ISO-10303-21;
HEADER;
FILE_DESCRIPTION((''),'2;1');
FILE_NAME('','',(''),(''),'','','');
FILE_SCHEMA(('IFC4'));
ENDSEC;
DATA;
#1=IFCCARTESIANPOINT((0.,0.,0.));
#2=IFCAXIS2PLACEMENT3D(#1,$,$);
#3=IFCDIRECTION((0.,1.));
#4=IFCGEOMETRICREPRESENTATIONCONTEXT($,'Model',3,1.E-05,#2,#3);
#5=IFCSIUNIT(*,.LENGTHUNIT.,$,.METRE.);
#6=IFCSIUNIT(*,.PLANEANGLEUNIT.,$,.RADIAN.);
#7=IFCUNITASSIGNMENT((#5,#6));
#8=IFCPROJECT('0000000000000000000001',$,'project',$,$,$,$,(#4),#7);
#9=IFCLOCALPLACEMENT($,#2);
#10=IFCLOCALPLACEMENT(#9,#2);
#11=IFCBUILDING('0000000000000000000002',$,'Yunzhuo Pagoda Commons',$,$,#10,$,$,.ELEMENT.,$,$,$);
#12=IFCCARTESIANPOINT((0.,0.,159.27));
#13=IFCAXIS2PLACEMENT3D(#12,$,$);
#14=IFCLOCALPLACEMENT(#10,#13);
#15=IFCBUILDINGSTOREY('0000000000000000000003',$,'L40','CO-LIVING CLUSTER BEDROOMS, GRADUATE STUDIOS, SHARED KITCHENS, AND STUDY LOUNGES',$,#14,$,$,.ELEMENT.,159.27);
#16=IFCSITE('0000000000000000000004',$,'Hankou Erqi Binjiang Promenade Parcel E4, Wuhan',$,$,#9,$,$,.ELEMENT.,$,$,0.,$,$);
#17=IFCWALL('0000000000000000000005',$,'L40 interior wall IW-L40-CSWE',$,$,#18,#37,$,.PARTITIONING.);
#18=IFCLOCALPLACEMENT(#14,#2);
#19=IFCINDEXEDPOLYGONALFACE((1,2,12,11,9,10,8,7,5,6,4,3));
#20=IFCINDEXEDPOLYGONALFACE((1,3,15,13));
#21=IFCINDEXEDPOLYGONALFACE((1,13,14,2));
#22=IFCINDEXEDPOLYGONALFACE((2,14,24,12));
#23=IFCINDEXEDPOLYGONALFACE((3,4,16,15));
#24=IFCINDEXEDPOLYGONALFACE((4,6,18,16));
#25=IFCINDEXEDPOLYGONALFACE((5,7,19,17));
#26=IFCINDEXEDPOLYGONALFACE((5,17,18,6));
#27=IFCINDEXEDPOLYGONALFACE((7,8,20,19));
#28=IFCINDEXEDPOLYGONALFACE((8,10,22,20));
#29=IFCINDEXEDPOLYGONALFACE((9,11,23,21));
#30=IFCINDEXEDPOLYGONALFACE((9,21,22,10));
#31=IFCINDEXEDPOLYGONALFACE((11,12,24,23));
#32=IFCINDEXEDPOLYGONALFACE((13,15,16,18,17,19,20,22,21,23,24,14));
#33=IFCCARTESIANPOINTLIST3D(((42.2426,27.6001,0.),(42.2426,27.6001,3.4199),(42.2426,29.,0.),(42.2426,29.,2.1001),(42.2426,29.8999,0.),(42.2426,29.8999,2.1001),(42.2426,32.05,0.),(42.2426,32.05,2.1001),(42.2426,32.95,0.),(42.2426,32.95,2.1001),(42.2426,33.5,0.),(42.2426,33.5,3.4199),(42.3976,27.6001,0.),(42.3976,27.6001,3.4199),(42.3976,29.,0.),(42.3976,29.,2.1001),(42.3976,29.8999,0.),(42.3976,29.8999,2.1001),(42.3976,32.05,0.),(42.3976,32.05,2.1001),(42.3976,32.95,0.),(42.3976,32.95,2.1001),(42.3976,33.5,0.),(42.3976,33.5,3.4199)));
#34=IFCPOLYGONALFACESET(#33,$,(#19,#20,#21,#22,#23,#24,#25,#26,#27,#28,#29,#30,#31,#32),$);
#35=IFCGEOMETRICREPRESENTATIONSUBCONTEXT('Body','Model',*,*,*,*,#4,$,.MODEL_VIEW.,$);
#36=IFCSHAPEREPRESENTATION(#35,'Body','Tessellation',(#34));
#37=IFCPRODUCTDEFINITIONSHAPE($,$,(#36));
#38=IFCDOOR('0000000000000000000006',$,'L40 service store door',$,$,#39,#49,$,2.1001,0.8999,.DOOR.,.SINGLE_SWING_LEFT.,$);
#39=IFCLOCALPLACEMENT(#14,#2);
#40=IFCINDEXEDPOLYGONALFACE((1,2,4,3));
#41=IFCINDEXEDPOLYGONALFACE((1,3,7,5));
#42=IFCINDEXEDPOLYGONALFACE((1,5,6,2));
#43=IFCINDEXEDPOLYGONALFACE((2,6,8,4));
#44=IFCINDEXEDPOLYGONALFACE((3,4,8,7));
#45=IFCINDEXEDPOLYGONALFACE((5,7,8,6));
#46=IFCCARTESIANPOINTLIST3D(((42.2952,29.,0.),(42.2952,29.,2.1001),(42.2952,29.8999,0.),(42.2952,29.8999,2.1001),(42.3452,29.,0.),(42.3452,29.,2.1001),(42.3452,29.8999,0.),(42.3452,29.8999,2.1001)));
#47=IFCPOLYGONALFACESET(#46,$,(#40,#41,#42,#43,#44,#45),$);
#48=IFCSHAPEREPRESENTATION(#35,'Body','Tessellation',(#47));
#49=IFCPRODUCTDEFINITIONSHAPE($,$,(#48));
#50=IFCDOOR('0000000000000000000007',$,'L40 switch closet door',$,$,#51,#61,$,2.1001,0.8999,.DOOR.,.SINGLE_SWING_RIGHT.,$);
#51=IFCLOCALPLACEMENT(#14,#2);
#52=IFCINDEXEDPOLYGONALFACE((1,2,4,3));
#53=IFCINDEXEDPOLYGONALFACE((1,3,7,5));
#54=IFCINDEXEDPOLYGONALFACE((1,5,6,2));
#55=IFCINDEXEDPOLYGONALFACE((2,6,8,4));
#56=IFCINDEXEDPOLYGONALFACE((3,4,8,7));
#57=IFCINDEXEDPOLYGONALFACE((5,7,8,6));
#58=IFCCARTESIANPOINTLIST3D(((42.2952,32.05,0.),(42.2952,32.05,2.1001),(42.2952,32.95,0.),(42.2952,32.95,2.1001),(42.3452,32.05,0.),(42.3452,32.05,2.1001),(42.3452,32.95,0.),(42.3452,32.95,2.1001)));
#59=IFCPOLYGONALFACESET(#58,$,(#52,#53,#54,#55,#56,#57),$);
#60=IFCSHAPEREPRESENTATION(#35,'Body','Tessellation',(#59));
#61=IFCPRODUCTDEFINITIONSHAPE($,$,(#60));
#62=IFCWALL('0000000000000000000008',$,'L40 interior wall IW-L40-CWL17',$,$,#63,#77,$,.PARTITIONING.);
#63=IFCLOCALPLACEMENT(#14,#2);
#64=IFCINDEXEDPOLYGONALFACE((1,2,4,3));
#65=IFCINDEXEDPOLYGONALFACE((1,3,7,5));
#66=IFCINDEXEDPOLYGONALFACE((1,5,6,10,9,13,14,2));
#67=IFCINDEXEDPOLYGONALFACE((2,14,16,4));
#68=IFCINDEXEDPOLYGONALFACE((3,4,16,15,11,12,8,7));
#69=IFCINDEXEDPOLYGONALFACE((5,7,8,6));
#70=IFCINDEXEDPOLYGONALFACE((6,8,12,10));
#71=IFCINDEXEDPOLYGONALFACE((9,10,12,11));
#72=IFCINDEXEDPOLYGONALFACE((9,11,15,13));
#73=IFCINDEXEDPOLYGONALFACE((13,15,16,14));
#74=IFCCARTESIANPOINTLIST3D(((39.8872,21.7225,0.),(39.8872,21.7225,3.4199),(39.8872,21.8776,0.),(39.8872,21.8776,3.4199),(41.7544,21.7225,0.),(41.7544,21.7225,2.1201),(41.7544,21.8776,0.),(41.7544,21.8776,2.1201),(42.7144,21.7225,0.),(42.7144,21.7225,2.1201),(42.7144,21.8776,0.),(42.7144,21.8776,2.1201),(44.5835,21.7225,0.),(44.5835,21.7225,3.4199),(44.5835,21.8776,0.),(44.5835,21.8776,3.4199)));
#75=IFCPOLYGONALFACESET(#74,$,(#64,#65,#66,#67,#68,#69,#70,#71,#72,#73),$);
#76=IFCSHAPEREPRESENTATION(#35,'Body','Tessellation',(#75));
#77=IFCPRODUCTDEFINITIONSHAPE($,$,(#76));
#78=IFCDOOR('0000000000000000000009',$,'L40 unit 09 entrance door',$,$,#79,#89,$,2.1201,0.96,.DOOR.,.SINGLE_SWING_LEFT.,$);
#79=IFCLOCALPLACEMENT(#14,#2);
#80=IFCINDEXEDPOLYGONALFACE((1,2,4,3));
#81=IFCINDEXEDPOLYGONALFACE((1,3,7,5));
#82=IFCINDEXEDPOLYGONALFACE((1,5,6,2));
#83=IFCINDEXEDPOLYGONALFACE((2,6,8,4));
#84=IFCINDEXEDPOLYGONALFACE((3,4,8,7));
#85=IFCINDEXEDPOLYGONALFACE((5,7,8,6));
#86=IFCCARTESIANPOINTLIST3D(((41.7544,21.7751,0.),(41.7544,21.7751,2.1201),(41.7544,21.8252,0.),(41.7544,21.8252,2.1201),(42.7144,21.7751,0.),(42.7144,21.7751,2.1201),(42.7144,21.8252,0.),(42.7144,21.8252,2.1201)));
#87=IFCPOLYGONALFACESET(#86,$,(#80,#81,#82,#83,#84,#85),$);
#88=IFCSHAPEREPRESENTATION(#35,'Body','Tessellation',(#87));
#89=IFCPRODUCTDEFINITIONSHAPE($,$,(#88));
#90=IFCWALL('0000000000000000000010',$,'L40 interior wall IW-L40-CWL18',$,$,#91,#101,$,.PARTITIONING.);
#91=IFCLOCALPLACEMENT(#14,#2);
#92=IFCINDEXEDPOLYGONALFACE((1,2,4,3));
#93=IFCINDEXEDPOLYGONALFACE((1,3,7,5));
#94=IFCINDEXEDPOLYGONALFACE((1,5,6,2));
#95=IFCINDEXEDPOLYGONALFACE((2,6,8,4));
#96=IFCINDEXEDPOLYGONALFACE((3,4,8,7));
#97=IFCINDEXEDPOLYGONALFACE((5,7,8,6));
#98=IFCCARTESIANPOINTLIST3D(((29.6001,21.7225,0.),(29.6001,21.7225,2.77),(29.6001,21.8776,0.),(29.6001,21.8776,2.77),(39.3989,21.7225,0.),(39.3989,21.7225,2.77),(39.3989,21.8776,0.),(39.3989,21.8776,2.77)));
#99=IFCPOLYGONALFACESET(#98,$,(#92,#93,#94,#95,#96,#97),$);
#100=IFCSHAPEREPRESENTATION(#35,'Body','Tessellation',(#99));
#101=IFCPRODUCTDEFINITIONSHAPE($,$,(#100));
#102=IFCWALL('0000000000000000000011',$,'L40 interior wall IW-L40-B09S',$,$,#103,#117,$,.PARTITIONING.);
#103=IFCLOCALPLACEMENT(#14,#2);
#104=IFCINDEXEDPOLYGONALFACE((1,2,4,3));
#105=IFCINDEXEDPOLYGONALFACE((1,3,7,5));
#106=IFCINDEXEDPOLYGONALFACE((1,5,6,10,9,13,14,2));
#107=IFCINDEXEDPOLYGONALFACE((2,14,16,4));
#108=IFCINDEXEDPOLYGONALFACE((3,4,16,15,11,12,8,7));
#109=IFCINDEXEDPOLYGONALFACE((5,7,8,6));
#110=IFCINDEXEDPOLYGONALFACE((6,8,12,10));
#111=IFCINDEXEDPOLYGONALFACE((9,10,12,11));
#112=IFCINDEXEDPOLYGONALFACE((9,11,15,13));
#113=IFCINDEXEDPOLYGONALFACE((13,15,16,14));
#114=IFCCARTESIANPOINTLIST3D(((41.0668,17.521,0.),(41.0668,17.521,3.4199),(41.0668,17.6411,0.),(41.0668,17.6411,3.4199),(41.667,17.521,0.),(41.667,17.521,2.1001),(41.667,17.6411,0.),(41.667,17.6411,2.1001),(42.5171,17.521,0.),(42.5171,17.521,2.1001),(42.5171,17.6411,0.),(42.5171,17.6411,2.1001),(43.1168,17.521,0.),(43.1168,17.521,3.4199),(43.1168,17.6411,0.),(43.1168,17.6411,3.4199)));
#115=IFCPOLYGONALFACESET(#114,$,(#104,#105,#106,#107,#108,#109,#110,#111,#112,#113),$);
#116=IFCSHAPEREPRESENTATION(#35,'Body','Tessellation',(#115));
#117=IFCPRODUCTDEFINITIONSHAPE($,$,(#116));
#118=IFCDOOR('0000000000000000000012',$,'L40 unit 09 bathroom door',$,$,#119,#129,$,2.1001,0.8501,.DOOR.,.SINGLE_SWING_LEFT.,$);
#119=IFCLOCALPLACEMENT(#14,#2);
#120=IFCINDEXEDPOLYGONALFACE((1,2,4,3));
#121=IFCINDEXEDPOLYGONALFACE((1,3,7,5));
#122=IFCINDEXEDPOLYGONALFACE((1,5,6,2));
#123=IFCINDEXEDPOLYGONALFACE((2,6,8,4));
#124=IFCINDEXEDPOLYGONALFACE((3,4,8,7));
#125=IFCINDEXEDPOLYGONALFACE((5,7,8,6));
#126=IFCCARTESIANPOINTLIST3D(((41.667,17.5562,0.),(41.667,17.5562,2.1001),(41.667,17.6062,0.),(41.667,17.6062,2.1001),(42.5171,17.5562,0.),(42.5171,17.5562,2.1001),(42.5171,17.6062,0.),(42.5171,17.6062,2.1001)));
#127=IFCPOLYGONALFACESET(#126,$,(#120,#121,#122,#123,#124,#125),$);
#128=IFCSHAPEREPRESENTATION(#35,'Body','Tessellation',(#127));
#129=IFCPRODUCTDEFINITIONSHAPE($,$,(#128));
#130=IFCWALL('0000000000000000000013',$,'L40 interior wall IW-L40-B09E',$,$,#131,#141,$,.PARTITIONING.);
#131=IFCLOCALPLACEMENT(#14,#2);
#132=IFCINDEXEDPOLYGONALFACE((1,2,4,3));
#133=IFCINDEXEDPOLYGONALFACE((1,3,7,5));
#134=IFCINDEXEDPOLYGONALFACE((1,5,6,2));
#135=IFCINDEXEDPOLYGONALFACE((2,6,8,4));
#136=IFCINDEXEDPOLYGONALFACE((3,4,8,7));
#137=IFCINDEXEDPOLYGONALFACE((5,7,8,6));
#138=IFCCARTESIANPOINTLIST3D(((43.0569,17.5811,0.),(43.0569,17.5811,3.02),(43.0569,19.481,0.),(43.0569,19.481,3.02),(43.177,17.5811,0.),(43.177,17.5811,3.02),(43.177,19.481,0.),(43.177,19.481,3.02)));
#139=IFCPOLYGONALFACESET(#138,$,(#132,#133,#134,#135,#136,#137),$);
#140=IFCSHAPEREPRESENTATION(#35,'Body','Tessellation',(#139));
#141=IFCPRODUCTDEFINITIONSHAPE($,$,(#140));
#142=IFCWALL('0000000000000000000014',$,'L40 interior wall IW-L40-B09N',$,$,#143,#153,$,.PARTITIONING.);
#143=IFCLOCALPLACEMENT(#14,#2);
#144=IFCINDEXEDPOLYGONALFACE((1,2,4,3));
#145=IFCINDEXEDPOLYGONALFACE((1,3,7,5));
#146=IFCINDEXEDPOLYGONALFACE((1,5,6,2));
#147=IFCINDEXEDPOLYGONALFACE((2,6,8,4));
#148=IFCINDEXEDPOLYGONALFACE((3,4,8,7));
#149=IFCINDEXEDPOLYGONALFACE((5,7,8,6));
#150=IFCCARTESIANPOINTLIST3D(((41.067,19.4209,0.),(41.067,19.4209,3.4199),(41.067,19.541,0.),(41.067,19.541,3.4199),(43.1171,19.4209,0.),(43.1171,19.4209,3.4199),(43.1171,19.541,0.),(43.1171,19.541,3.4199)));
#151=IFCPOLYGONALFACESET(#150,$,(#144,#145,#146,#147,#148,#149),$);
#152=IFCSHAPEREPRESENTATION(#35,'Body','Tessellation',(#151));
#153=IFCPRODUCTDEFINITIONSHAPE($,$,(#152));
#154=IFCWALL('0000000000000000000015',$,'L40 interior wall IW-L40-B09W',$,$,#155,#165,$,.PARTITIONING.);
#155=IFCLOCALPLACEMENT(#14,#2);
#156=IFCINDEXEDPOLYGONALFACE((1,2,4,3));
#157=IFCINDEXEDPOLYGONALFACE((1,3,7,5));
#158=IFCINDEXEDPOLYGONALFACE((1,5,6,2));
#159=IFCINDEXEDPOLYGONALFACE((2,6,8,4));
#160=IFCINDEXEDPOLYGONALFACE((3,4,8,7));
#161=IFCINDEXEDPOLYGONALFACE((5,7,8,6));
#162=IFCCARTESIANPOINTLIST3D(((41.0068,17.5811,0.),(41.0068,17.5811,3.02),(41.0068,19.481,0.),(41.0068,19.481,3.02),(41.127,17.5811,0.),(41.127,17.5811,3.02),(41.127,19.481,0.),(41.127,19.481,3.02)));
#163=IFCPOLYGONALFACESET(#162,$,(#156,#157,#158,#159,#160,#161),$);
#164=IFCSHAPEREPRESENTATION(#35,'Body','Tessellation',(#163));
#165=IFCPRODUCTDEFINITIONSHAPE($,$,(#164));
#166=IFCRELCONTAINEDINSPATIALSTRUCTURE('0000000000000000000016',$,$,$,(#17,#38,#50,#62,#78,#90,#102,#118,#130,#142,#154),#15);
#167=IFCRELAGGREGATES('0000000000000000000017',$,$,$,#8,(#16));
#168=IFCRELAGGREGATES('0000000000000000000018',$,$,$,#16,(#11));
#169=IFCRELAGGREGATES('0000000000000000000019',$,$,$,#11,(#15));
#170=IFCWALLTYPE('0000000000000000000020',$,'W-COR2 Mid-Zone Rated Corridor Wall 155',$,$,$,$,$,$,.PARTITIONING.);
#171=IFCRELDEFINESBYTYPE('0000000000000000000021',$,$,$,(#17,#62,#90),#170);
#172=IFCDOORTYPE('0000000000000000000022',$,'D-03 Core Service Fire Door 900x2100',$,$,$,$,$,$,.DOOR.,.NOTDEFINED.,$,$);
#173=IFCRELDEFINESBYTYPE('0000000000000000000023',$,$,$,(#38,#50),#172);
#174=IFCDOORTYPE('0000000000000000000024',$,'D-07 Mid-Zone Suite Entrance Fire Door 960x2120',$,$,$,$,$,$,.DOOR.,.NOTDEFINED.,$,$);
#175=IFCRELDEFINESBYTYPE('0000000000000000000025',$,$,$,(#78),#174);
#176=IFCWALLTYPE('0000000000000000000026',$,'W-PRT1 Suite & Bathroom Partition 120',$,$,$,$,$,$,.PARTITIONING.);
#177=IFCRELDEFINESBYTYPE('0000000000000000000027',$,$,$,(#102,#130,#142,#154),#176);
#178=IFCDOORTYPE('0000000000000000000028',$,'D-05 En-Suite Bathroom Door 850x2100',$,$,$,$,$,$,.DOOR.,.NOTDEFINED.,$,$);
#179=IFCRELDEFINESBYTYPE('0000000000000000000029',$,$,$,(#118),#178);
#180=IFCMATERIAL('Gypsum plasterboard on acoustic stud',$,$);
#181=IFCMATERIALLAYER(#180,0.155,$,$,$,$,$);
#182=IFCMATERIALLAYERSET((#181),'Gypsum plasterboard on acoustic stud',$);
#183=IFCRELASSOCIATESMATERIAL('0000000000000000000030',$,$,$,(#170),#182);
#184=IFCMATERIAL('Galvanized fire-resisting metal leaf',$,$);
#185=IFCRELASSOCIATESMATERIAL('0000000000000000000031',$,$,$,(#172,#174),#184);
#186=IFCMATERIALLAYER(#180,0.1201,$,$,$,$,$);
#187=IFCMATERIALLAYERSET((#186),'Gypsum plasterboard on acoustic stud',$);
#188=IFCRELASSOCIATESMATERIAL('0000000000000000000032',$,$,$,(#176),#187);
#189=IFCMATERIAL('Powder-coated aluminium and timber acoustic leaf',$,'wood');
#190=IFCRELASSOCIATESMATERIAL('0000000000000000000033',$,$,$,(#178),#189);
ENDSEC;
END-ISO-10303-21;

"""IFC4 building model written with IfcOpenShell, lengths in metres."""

from ifc_helpers import new_model, si_unit, direction, frame, frame_2d, origin, origin_with_axes, place, context, subcontext, project, spatial, rectangle, extrude, source, transform, mapped, material, layer, layer_set, type_object, element, fill, save


model = new_model("IFC4")

# Units and contexts
model_context = context("Model", 3, precision=1e-05, world=origin(), true_north=direction((0.0, 1.0)))
body_context = subcontext(model_context, "Body", "Model", "MODEL_VIEW")
ifc_project = project(units=[si_unit("LENGTHUNIT", "METRE"), si_unit("PLANEANGLEUNIT", "RADIAN")], contexts=[model_context])

# Site, building, storey
site_placement = place(None, origin())
site = spatial("IfcSite", under=ifc_project, at=site_placement, Name="Hankou Erqi Binjiang Promenade Parcel E4, Wuhan", CompositionType="ELEMENT", RefElevation=0.0)
building_placement = place(site_placement, origin())
building = spatial("IfcBuilding", under=site, at=building_placement, Name="Yunzhuo Pagoda Commons", CompositionType="ELEMENT")
storey_placement = place(building_placement, frame((0.0, 0.0, 159.27)))
storey = spatial("IfcBuildingStorey", under=building, at=storey_placement, Name="L40", Description="CO-LIVING CLUSTER BEDROOMS, GRADUATE STUDIOS, SHARED KITCHENS, AND STUDY LOUNGES", CompositionType="ELEMENT", Elevation=159.27)

# Wall, openings, doors
ifc_material_1 = material(Name="Gypsum plasterboard on acoustic stud")
ifc_layer_1 = layer(ifc_material_1, 0.155)
ifc_layer_set_1 = layer_set([ifc_layer_1], Name="Gypsum plasterboard on acoustic stud")
wall_type_1 = type_object("IfcWallType", Name="W-COR2 Mid-Zone Rated Corridor Wall 155", PredefinedType="PARTITIONING", material=ifc_layer_set_1)
wall_1_placement = place(storey_placement, frame((42.3201, 27.6001, 0.0), z_axis=(0.0, 0.0, 1.0), x_axis=(0.0, 1.0, 0.0)))
wall_1 = element("IfcWall", 1, at=wall_1_placement, inside=storey, type_object=wall_type_1, Name="L40 interior wall IW-L40-CSWE", PredefinedType="PARTITIONING", context=body_context, shape_type="SweptSolid", body=[
    extrude(rectangle(XDim=5.8999, YDim=0.155, at=frame_2d((2.95, 0.0))), origin(), (0.0, 0.0, 1.0), 3.4199),
])
opening_1_placement = place(wall_1_placement, frame((1.3999, 0.0, 0.0)))
opening_1 = element("IfcOpeningElement", 2, at=opening_1_placement, cuts=wall_1, PredefinedType="OPENING", context=body_context, shape_type="SweptSolid", body=[
    extrude(rectangle(XDim=0.8999, YDim=2.1001, at=frame_2d((0.45, 1.05))), frame((0.0, 0.0874, 0.0), z_axis=(0.0, -1.0, 0.0), x_axis=(1.0, 0.0, 0.0)), (0.0, 0.0, 1.0), 0.175),
])
opening_2_placement = place(wall_1_placement, frame((4.45, 0.0, 0.0)))
opening_2 = element("IfcOpeningElement", 3, at=opening_2_placement, cuts=wall_1, PredefinedType="OPENING", context=body_context, shape_type="SweptSolid", body=[
    extrude(rectangle(XDim=0.8999, YDim=2.1001, at=frame_2d((0.45, 1.05))), frame((0.0, 0.0874, 0.0), z_axis=(0.0, -1.0, 0.0), x_axis=(1.0, 0.0, 0.0)), (0.0, 0.0, 1.0), 0.175),
])
ifc_material_2 = material(Name="Galvanized fire-resisting metal leaf")
door_type_1 = type_object("IfcDoorType", Name="D-03 Core Service Fire Door 900x2100", OperationType="NOTDEFINED", PredefinedType="DOOR", material=ifc_material_2)
shared_shape_1 = source(origin(), body_context, "Body", "SweptSolid", [
    extrude(rectangle(XDim=0.8999, YDim=2.1001, at=frame_2d((0.45, 1.05))), frame((0.0, 0.0249, 0.0), z_axis=(0.0, -1.0, 0.0), x_axis=(1.0, 0.0, 0.0)), (0.0, 0.0, 1.0), 0.05),
])
door_1_placement = place(opening_1_placement, origin_with_axes())
door_1 = element("IfcDoor", 4, at=door_1_placement, inside=storey, type_object=door_type_1, Name="L40 service store door", OperationType="SINGLE_SWING_LEFT", OverallHeight=2.1001, OverallWidth=0.8999, PredefinedType="DOOR", context=body_context, shape_type="MappedRepresentation", body=[
    mapped(shared_shape_1, transform((0.0, 0.0, 0.0), scale=1.0)),
])
fill(opening_1, door_1)
door_2_placement = place(opening_2_placement, origin_with_axes())
door_2 = element("IfcDoor", 5, at=door_2_placement, inside=storey, type_object=door_type_1, Name="L40 switch closet door", OperationType="SINGLE_SWING_RIGHT", OverallHeight=2.1001, OverallWidth=0.8999, PredefinedType="DOOR", context=body_context, shape_type="MappedRepresentation", body=[
    mapped(shared_shape_1, transform((0.0, 0.0, 0.0), scale=1.0)),
])
fill(opening_2, door_2)

# Wall, opening, door
wall_2_placement = place(storey_placement, frame((44.5835, 21.8, 0.0), z_axis=(0.0, 0.0, 1.0), x_axis=(-1.0, 0.0, 0.0)))
wall_2 = element("IfcWall", 6, at=wall_2_placement, inside=storey, type_object=wall_type_1, Name="L40 interior wall IW-L40-CWL17", PredefinedType="PARTITIONING", context=body_context, shape_type="SweptSolid", body=[
    extrude(rectangle(XDim=4.6963, YDim=0.155, at=frame_2d((2.3481, 0.0))), origin(), (0.0, 0.0, 1.0), 3.4199),
])
opening_3_placement = place(wall_2_placement, frame((1.8691, 0.0, 0.0)))
opening_3 = element("IfcOpeningElement", 7, at=opening_3_placement, cuts=wall_2, PredefinedType="OPENING", context=body_context, shape_type="SweptSolid", body=[
    extrude(rectangle(XDim=0.96, YDim=2.1201, at=frame_2d((0.48, 1.0601))), frame((0.0, 0.0874, 0.0), z_axis=(0.0, -1.0, 0.0), x_axis=(1.0, 0.0, 0.0)), (0.0, 0.0, 1.0), 0.175),
])
door_type_2 = type_object("IfcDoorType", Name="D-07 Mid-Zone Suite Entrance Fire Door 960x2120", OperationType="NOTDEFINED", PredefinedType="DOOR", material=ifc_material_2)
shared_shape_2 = source(origin(), body_context, "Body", "SweptSolid", [
    extrude(rectangle(XDim=0.96, YDim=2.1201, at=frame_2d((0.48, 1.0601))), frame((0.0, 0.0249, 0.0), z_axis=(0.0, -1.0, 0.0), x_axis=(1.0, 0.0, 0.0)), (0.0, 0.0, 1.0), 0.05),
])
door_3_placement = place(opening_3_placement, origin_with_axes())
door_3 = element("IfcDoor", 8, at=door_3_placement, inside=storey, type_object=door_type_2, Name="L40 unit 09 entrance door", OperationType="SINGLE_SWING_LEFT", OverallHeight=2.1201, OverallWidth=0.96, PredefinedType="DOOR", context=body_context, shape_type="MappedRepresentation", body=[
    mapped(shared_shape_2, transform((0.0, 0.0, 0.0), scale=1.0)),
])
fill(opening_3, door_3)

# Wall
wall_3_placement = place(storey_placement, frame((39.3989, 21.8, 0.0), z_axis=(0.0, 0.0, 1.0), x_axis=(-1.0, 0.0, 0.0)))
element("IfcWall", 9, at=wall_3_placement, inside=storey, type_object=wall_type_1, Name="L40 interior wall IW-L40-CWL18", PredefinedType="PARTITIONING", context=body_context, shape_type="SweptSolid", body=[
    extrude(rectangle(XDim=9.7988, YDim=0.155, at=frame_2d((4.8994, 0.0))), origin(), (0.0, 0.0, 1.0), 2.77),
])

# Wall, opening, door
ifc_layer_2 = layer(ifc_material_1, 0.1201)
ifc_layer_set_2 = layer_set([ifc_layer_2], Name="Gypsum plasterboard on acoustic stud")
wall_type_2 = type_object("IfcWallType", Name="W-PRT1 Suite & Bathroom Partition 120", PredefinedType="PARTITIONING", material=ifc_layer_set_2)
wall_4_placement = place(storey_placement, frame((41.0669, 17.5811, 0.0), z_axis=(0.0, 0.0, 1.0), x_axis=(1.0, 0.0, 0.0)))
wall_4 = element("IfcWall", 10, at=wall_4_placement, inside=storey, type_object=wall_type_2, Name="L40 interior wall IW-L40-B09S", PredefinedType="PARTITIONING", context=body_context, shape_type="SweptSolid", body=[
    extrude(rectangle(XDim=2.05, YDim=0.1201, at=frame_2d((1.0249, 0.0))), origin(), (0.0, 0.0, 1.0), 3.4199),
])
opening_4_placement = place(wall_4_placement, frame((0.6001, 0.0, 0.0)))
opening_4 = element("IfcOpeningElement", 11, at=opening_4_placement, cuts=wall_4, PredefinedType="OPENING", context=body_context, shape_type="SweptSolid", body=[
    extrude(rectangle(XDim=0.8501, YDim=2.1001, at=frame_2d((0.425, 1.05))), frame((0.0, 0.0701, 0.0), z_axis=(0.0, -1.0, 0.0), x_axis=(1.0, 0.0, 0.0)), (0.0, 0.0, 1.0), 0.1401),
])
ifc_material_3 = material(Name="Powder-coated aluminium and timber acoustic leaf", Category="wood")
door_type_3 = type_object("IfcDoorType", Name="D-05 En-Suite Bathroom Door 850x2100", OperationType="NOTDEFINED", PredefinedType="DOOR", material=ifc_material_3)
shared_shape_3 = source(origin(), body_context, "Body", "SweptSolid", [
    extrude(rectangle(XDim=0.8501, YDim=2.1001, at=frame_2d((0.425, 1.05))), frame((0.0, 0.0249, 0.0), z_axis=(0.0, -1.0, 0.0), x_axis=(1.0, 0.0, 0.0)), (0.0, 0.0, 1.0), 0.05),
])
door_4_placement = place(opening_4_placement, frame((0.8501, 0.0, 0.0), z_axis=(0.0, 0.0, 1.0), x_axis=(-1.0, 0.0, 0.0)))
door_4 = element("IfcDoor", 12, at=door_4_placement, inside=storey, type_object=door_type_3, Name="L40 unit 09 bathroom door", OperationType="SINGLE_SWING_LEFT", OverallHeight=2.1001, OverallWidth=0.8501, PredefinedType="DOOR", context=body_context, shape_type="MappedRepresentation", body=[
    mapped(shared_shape_3, transform((0.0, 0.0, 0.0), scale=1.0)),
])
fill(opening_4, door_4)

# Walls
wall_5_placement = place(storey_placement, frame((43.1169, 17.5811, 0.0), z_axis=(0.0, 0.0, 1.0), x_axis=(0.0, 1.0, 0.0)))
element("IfcWall", 13, at=wall_5_placement, inside=storey, type_object=wall_type_2, Name="L40 interior wall IW-L40-B09E", PredefinedType="PARTITIONING", context=body_context, shape_type="SweptSolid", body=[
    extrude(rectangle(XDim=1.8999, YDim=0.1201, at=frame_2d((0.95, 0.0))), origin(), (0.0, 0.0, 1.0), 3.02),
])
wall_6_placement = place(storey_placement, frame((43.1169, 19.481, 0.0), z_axis=(0.0, 0.0, 1.0), x_axis=(-1.0, 0.0, 0.0)))
element("IfcWall", 14, at=wall_6_placement, inside=storey, type_object=wall_type_2, Name="L40 interior wall IW-L40-B09N", PredefinedType="PARTITIONING", context=body_context, shape_type="SweptSolid", body=[
    extrude(rectangle(XDim=2.05, YDim=0.1201, at=frame_2d((1.0249, 0.0))), origin(), (0.0, 0.0, 1.0), 3.4199),
])
wall_7_placement = place(storey_placement, frame((41.0669, 19.481, 0.0), z_axis=(0.0, 0.0, 1.0), x_axis=(0.0, -1.0, 0.0)))
element("IfcWall", 15, at=wall_7_placement, inside=storey, type_object=wall_type_2, Name="L40 interior wall IW-L40-B09W", PredefinedType="PARTITIONING", context=body_context, shape_type="SweptSolid", body=[
    extrude(rectangle(XDim=1.8999, YDim=0.1201, at=frame_2d((0.95, 0.0))), origin(), (0.0, 0.0, 1.0), 3.02),
])

save(model, "model.ifc")
